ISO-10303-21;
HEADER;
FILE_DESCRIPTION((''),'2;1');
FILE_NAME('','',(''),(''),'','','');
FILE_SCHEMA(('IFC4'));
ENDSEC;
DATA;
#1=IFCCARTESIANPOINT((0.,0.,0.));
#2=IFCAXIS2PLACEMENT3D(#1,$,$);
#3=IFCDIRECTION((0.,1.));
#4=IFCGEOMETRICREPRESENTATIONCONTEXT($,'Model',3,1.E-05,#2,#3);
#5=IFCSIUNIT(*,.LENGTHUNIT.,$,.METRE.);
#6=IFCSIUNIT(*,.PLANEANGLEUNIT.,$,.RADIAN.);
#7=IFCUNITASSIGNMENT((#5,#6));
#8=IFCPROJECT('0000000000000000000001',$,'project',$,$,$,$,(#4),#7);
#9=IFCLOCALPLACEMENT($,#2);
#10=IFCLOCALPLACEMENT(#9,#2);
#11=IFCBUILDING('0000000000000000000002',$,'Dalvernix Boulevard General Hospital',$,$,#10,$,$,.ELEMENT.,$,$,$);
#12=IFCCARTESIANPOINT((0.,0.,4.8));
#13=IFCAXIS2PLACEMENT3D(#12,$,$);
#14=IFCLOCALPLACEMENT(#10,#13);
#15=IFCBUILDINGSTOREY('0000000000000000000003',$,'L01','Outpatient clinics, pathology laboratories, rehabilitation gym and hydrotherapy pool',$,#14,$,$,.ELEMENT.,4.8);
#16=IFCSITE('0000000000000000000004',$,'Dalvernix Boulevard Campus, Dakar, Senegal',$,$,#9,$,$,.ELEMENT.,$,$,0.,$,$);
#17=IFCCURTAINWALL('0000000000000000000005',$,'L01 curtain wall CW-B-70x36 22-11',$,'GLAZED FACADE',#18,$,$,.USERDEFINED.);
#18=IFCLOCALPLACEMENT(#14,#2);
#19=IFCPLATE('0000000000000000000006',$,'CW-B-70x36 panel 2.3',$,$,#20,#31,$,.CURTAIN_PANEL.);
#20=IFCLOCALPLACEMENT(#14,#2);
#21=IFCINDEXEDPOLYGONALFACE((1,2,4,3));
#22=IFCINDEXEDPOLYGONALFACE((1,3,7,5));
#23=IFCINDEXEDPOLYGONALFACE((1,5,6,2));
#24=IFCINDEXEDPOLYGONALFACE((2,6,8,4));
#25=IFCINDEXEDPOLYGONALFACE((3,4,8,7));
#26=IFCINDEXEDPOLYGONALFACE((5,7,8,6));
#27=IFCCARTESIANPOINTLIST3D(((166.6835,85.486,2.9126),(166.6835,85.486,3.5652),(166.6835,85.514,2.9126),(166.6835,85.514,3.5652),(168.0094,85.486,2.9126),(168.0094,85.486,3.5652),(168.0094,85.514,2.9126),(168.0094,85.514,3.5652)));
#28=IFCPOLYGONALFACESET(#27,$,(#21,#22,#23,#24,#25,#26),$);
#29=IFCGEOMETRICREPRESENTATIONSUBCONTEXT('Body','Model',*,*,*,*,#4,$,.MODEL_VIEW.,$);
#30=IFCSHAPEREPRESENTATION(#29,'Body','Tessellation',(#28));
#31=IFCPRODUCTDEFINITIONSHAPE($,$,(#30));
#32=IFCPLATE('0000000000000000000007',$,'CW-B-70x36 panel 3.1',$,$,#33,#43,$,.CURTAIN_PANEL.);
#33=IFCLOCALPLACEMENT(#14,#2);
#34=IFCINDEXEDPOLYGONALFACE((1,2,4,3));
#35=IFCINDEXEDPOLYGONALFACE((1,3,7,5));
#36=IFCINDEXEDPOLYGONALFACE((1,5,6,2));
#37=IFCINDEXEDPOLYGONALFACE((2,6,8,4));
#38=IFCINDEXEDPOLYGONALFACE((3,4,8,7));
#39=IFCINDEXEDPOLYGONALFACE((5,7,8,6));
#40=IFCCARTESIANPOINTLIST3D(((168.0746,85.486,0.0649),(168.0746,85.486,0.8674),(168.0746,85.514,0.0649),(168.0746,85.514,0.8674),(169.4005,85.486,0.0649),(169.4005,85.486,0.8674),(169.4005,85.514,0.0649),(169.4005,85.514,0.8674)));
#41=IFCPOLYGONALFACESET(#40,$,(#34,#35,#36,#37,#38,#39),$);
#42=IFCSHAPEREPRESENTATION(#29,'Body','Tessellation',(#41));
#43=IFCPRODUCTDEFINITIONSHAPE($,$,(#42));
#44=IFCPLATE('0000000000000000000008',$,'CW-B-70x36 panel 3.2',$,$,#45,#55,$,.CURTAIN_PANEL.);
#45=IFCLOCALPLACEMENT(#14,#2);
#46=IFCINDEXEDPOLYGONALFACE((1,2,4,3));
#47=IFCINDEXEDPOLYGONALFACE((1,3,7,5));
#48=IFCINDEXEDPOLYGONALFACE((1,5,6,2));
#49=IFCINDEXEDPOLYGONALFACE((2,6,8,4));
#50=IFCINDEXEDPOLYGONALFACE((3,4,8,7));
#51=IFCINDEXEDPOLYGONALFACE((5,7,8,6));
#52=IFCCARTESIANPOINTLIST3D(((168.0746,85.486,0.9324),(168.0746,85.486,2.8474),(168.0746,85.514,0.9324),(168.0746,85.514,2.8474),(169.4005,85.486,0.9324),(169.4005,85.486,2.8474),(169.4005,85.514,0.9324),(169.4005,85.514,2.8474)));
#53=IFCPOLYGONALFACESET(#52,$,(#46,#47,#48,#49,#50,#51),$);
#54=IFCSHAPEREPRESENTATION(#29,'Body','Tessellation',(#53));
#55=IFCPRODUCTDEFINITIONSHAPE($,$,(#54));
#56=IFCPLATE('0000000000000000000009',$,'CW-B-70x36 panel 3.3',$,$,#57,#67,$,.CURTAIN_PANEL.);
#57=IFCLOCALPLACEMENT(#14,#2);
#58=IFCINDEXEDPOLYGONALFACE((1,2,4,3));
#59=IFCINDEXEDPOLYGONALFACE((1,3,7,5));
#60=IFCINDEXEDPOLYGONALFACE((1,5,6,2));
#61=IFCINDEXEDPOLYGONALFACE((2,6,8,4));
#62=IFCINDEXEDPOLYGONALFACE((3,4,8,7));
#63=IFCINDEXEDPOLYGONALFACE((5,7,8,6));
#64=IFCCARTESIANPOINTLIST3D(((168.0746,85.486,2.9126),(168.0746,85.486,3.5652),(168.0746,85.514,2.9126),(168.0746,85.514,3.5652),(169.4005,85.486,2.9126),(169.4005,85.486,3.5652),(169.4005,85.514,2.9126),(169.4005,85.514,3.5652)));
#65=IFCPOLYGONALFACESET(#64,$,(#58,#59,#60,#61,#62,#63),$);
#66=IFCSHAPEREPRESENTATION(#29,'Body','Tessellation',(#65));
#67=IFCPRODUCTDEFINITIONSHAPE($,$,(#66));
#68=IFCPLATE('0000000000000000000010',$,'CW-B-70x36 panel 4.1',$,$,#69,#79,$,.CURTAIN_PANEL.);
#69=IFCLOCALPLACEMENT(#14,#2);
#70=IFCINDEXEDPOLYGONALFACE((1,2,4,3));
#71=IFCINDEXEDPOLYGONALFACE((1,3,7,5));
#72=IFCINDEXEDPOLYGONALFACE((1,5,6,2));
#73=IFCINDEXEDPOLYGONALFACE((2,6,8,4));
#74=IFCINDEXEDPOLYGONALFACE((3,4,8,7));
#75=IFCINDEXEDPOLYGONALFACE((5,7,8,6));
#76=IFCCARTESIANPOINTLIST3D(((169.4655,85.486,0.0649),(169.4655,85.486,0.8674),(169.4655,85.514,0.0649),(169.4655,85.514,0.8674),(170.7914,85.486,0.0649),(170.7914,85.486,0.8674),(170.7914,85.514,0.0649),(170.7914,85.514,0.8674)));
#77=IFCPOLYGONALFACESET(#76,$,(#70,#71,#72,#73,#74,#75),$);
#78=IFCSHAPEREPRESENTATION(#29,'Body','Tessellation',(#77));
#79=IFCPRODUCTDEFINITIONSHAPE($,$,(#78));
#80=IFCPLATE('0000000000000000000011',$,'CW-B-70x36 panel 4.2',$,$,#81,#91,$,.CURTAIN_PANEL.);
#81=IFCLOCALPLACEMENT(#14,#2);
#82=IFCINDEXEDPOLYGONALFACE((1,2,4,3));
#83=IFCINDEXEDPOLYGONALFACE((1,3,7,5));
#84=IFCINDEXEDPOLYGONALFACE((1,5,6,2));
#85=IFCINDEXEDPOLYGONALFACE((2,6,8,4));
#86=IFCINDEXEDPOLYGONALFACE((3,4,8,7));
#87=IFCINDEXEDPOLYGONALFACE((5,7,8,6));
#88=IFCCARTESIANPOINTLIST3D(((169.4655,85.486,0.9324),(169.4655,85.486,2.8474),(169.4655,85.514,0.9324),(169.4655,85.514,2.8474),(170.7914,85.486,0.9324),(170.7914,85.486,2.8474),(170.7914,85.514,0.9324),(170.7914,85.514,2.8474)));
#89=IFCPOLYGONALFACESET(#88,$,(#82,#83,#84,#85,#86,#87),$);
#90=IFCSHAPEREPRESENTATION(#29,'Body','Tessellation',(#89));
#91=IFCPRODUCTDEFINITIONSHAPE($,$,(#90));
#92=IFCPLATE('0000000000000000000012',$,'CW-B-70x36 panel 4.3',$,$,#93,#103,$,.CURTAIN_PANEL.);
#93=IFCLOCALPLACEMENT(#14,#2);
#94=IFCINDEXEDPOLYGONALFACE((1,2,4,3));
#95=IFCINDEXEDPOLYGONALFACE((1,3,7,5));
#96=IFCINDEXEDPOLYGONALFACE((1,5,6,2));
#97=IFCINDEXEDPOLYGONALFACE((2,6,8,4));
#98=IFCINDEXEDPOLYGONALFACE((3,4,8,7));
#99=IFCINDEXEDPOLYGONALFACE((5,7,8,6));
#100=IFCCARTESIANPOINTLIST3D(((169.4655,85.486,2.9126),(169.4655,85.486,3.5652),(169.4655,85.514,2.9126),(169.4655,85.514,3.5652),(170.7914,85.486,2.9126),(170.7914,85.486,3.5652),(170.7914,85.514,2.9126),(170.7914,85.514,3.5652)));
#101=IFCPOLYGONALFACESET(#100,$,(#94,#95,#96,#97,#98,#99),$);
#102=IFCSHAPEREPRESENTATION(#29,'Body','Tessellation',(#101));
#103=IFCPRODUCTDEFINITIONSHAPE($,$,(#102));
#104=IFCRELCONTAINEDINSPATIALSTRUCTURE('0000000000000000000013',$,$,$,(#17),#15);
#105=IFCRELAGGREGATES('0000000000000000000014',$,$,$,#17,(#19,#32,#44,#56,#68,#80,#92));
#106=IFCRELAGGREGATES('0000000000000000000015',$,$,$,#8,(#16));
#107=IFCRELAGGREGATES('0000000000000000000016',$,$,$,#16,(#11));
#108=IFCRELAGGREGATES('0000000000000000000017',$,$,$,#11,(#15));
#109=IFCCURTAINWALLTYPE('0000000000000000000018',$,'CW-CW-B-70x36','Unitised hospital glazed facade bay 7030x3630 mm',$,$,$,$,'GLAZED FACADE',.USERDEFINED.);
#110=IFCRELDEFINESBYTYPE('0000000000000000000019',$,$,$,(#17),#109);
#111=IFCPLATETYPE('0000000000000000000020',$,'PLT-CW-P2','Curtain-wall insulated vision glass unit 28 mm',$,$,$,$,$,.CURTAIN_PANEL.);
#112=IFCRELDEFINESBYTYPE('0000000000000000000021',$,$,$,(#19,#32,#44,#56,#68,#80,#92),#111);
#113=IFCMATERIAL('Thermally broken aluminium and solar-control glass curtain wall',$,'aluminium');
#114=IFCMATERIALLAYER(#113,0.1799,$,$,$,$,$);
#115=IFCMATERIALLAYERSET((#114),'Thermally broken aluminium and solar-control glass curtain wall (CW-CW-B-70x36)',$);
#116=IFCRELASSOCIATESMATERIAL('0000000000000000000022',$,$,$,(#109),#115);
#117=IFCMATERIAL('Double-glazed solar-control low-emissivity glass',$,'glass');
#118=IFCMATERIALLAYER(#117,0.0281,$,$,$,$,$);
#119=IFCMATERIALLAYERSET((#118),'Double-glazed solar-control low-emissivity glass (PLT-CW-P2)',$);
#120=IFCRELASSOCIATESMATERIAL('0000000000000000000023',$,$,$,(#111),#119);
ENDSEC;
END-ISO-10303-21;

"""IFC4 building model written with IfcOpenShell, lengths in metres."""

from ifc_helpers import new_model, si_unit, direction, frame, origin, origin_2d, place, context, subcontext, project, spatial, rectangle, extrude, material, layer, layer_set, type_object, element, aggregate, save


model = new_model("IFC4")

# Units and contexts
model_context = context("Model", 3, precision=1e-05, world=origin(), true_north=direction((0.0, 1.0)))
body_context = subcontext(model_context, "Body", "Model", "MODEL_VIEW")
ifc_project = project(units=[si_unit("LENGTHUNIT", "METRE"), si_unit("PLANEANGLEUNIT", "RADIAN")], contexts=[model_context])

# Site, building, storey
site_placement = place(None, origin())
site = spatial("IfcSite", under=ifc_project, at=site_placement, Name="Dalvernix Boulevard Campus, Dakar, Senegal", CompositionType="ELEMENT", RefElevation=0.0)
building_placement = place(site_placement, origin())
building = spatial("IfcBuilding", under=site, at=building_placement, Name="Dalvernix Boulevard General Hospital", CompositionType="ELEMENT")
storey_placement = place(building_placement, frame((0.0, 0.0, 4.8)))
storey = spatial("IfcBuildingStorey", under=building, at=storey_placement, Name="L01", Description="Outpatient clinics, pathology laboratories, rehabilitation gym and hydrotherapy pool", CompositionType="ELEMENT", Elevation=4.8)

# Curtain wall, plates
ifc_material_1 = material(Name="Thermally broken aluminium and solar-control glass curtain wall", Category="aluminium")
ifc_layer_1 = layer(ifc_material_1, 0.1799)
ifc_layer_set_1 = layer_set([ifc_layer_1], Name="Thermally broken aluminium and solar-control glass curtain wall (CW-CW-B-70x36)")
curtain_wall_type = type_object("IfcCurtainWallType", Name="CW-CW-B-70x36", Description="Unitised hospital glazed facade bay 7030x3630 mm", ElementType="GLAZED FACADE", PredefinedType="USERDEFINED", material=ifc_layer_set_1)
curtain_wall_placement = place(storey_placement, origin())
curtain_wall = element("IfcCurtainWall", 1, at=curtain_wall_placement, inside=storey, type_object=curtain_wall_type, Name="L01 curtain wall CW-B-70x36 22-11", ObjectType="GLAZED FACADE", PredefinedType="USERDEFINED")
ifc_material_2 = material(Name="Double-glazed solar-control low-emissivity glass", Category="glass")
ifc_layer_2 = layer(ifc_material_2, 0.0281)
ifc_layer_set_2 = layer_set([ifc_layer_2], Name="Double-glazed solar-control low-emissivity glass (PLT-CW-P2)")
plate_type = type_object("IfcPlateType", Name="PLT-CW-P2", Description="Curtain-wall insulated vision glass unit 28 mm", PredefinedType="CURTAIN_PANEL", material=ifc_layer_set_2)
plate_1_placement = place(storey_placement, frame((167.3464, 85.5, 2.9126), z_axis=(0.0, 0.0, 1.0), x_axis=(1.0, 0.0, 0.0)))
plate_1 = element("IfcPlate", 2, at=plate_1_placement, type_object=plate_type, Name="CW-B-70x36 panel 2.3", PredefinedType="CURTAIN_PANEL", context=body_context, shape_type="SweptSolid", body=[
    extrude(rectangle(XDim=1.3259, YDim=0.0281, at=origin_2d()), origin(), (0.0, 0.0, 1.0), 0.6526),
])
plate_2_placement = place(storey_placement, frame((168.7375, 85.5, 0.0649), z_axis=(0.0, 0.0, 1.0), x_axis=(1.0, 0.0, 0.0)))
plate_2 = element("IfcPlate", 3, at=plate_2_placement, type_object=plate_type, Name="CW-B-70x36 panel 3.1", PredefinedType="CURTAIN_PANEL", context=body_context, shape_type="SweptSolid", body=[
    extrude(rectangle(XDim=1.3259, YDim=0.0281, at=origin_2d()), origin(), (0.0, 0.0, 1.0), 0.8025),
])
plate_3_placement = place(storey_placement, frame((168.7375, 85.5, 0.9324), z_axis=(0.0, 0.0, 1.0), x_axis=(1.0, 0.0, 0.0)))
plate_3 = element("IfcPlate", 4, at=plate_3_placement, type_object=plate_type, Name="CW-B-70x36 panel 3.2", PredefinedType="CURTAIN_PANEL", context=body_context, shape_type="SweptSolid", body=[
    extrude(rectangle(XDim=1.3259, YDim=0.0281, at=origin_2d()), origin(), (0.0, 0.0, 1.0), 1.915),
])
plate_4_placement = place(storey_placement, frame((168.7375, 85.5, 2.9126), z_axis=(0.0, 0.0, 1.0), x_axis=(1.0, 0.0, 0.0)))
plate_4 = element("IfcPlate", 5, at=plate_4_placement, type_object=plate_type, Name="CW-B-70x36 panel 3.3", PredefinedType="CURTAIN_PANEL", context=body_context, shape_type="SweptSolid", body=[
    extrude(rectangle(XDim=1.3259, YDim=0.0281, at=origin_2d()), origin(), (0.0, 0.0, 1.0), 0.6526),
])
plate_5_placement = place(storey_placement, frame((170.1284, 85.5, 0.0649), z_axis=(0.0, 0.0, 1.0), x_axis=(1.0, 0.0, 0.0)))
plate_5 = element("IfcPlate", 6, at=plate_5_placement, type_object=plate_type, Name="CW-B-70x36 panel 4.1", PredefinedType="CURTAIN_PANEL", context=body_context, shape_type="SweptSolid", body=[
    extrude(rectangle(XDim=1.3259, YDim=0.0281, at=origin_2d()), origin(), (0.0, 0.0, 1.0), 0.8025),
])
plate_6_placement = place(storey_placement, frame((170.1284, 85.5, 0.9324), z_axis=(0.0, 0.0, 1.0), x_axis=(1.0, 0.0, 0.0)))
plate_6 = element("IfcPlate", 7, at=plate_6_placement, type_object=plate_type, Name="CW-B-70x36 panel 4.2", PredefinedType="CURTAIN_PANEL", context=body_context, shape_type="SweptSolid", body=[
    extrude(rectangle(XDim=1.3259, YDim=0.0281, at=origin_2d()), origin(), (0.0, 0.0, 1.0), 1.915),
])
plate_7_placement = place(storey_placement, frame((170.1284, 85.5, 2.9126), z_axis=(0.0, 0.0, 1.0), x_axis=(1.0, 0.0, 0.0)))
plate_7 = element("IfcPlate", 8, at=plate_7_placement, type_object=plate_type, Name="CW-B-70x36 panel 4.3", PredefinedType="CURTAIN_PANEL", context=body_context, shape_type="SweptSolid", body=[
    extrude(rectangle(XDim=1.3259, YDim=0.0281, at=origin_2d()), origin(), (0.0, 0.0, 1.0), 0.6526),
])
aggregate(curtain_wall, [plate_1, plate_2, plate_3, plate_4, plate_5, plate_6, plate_7])

save(model, "model.ifc")
